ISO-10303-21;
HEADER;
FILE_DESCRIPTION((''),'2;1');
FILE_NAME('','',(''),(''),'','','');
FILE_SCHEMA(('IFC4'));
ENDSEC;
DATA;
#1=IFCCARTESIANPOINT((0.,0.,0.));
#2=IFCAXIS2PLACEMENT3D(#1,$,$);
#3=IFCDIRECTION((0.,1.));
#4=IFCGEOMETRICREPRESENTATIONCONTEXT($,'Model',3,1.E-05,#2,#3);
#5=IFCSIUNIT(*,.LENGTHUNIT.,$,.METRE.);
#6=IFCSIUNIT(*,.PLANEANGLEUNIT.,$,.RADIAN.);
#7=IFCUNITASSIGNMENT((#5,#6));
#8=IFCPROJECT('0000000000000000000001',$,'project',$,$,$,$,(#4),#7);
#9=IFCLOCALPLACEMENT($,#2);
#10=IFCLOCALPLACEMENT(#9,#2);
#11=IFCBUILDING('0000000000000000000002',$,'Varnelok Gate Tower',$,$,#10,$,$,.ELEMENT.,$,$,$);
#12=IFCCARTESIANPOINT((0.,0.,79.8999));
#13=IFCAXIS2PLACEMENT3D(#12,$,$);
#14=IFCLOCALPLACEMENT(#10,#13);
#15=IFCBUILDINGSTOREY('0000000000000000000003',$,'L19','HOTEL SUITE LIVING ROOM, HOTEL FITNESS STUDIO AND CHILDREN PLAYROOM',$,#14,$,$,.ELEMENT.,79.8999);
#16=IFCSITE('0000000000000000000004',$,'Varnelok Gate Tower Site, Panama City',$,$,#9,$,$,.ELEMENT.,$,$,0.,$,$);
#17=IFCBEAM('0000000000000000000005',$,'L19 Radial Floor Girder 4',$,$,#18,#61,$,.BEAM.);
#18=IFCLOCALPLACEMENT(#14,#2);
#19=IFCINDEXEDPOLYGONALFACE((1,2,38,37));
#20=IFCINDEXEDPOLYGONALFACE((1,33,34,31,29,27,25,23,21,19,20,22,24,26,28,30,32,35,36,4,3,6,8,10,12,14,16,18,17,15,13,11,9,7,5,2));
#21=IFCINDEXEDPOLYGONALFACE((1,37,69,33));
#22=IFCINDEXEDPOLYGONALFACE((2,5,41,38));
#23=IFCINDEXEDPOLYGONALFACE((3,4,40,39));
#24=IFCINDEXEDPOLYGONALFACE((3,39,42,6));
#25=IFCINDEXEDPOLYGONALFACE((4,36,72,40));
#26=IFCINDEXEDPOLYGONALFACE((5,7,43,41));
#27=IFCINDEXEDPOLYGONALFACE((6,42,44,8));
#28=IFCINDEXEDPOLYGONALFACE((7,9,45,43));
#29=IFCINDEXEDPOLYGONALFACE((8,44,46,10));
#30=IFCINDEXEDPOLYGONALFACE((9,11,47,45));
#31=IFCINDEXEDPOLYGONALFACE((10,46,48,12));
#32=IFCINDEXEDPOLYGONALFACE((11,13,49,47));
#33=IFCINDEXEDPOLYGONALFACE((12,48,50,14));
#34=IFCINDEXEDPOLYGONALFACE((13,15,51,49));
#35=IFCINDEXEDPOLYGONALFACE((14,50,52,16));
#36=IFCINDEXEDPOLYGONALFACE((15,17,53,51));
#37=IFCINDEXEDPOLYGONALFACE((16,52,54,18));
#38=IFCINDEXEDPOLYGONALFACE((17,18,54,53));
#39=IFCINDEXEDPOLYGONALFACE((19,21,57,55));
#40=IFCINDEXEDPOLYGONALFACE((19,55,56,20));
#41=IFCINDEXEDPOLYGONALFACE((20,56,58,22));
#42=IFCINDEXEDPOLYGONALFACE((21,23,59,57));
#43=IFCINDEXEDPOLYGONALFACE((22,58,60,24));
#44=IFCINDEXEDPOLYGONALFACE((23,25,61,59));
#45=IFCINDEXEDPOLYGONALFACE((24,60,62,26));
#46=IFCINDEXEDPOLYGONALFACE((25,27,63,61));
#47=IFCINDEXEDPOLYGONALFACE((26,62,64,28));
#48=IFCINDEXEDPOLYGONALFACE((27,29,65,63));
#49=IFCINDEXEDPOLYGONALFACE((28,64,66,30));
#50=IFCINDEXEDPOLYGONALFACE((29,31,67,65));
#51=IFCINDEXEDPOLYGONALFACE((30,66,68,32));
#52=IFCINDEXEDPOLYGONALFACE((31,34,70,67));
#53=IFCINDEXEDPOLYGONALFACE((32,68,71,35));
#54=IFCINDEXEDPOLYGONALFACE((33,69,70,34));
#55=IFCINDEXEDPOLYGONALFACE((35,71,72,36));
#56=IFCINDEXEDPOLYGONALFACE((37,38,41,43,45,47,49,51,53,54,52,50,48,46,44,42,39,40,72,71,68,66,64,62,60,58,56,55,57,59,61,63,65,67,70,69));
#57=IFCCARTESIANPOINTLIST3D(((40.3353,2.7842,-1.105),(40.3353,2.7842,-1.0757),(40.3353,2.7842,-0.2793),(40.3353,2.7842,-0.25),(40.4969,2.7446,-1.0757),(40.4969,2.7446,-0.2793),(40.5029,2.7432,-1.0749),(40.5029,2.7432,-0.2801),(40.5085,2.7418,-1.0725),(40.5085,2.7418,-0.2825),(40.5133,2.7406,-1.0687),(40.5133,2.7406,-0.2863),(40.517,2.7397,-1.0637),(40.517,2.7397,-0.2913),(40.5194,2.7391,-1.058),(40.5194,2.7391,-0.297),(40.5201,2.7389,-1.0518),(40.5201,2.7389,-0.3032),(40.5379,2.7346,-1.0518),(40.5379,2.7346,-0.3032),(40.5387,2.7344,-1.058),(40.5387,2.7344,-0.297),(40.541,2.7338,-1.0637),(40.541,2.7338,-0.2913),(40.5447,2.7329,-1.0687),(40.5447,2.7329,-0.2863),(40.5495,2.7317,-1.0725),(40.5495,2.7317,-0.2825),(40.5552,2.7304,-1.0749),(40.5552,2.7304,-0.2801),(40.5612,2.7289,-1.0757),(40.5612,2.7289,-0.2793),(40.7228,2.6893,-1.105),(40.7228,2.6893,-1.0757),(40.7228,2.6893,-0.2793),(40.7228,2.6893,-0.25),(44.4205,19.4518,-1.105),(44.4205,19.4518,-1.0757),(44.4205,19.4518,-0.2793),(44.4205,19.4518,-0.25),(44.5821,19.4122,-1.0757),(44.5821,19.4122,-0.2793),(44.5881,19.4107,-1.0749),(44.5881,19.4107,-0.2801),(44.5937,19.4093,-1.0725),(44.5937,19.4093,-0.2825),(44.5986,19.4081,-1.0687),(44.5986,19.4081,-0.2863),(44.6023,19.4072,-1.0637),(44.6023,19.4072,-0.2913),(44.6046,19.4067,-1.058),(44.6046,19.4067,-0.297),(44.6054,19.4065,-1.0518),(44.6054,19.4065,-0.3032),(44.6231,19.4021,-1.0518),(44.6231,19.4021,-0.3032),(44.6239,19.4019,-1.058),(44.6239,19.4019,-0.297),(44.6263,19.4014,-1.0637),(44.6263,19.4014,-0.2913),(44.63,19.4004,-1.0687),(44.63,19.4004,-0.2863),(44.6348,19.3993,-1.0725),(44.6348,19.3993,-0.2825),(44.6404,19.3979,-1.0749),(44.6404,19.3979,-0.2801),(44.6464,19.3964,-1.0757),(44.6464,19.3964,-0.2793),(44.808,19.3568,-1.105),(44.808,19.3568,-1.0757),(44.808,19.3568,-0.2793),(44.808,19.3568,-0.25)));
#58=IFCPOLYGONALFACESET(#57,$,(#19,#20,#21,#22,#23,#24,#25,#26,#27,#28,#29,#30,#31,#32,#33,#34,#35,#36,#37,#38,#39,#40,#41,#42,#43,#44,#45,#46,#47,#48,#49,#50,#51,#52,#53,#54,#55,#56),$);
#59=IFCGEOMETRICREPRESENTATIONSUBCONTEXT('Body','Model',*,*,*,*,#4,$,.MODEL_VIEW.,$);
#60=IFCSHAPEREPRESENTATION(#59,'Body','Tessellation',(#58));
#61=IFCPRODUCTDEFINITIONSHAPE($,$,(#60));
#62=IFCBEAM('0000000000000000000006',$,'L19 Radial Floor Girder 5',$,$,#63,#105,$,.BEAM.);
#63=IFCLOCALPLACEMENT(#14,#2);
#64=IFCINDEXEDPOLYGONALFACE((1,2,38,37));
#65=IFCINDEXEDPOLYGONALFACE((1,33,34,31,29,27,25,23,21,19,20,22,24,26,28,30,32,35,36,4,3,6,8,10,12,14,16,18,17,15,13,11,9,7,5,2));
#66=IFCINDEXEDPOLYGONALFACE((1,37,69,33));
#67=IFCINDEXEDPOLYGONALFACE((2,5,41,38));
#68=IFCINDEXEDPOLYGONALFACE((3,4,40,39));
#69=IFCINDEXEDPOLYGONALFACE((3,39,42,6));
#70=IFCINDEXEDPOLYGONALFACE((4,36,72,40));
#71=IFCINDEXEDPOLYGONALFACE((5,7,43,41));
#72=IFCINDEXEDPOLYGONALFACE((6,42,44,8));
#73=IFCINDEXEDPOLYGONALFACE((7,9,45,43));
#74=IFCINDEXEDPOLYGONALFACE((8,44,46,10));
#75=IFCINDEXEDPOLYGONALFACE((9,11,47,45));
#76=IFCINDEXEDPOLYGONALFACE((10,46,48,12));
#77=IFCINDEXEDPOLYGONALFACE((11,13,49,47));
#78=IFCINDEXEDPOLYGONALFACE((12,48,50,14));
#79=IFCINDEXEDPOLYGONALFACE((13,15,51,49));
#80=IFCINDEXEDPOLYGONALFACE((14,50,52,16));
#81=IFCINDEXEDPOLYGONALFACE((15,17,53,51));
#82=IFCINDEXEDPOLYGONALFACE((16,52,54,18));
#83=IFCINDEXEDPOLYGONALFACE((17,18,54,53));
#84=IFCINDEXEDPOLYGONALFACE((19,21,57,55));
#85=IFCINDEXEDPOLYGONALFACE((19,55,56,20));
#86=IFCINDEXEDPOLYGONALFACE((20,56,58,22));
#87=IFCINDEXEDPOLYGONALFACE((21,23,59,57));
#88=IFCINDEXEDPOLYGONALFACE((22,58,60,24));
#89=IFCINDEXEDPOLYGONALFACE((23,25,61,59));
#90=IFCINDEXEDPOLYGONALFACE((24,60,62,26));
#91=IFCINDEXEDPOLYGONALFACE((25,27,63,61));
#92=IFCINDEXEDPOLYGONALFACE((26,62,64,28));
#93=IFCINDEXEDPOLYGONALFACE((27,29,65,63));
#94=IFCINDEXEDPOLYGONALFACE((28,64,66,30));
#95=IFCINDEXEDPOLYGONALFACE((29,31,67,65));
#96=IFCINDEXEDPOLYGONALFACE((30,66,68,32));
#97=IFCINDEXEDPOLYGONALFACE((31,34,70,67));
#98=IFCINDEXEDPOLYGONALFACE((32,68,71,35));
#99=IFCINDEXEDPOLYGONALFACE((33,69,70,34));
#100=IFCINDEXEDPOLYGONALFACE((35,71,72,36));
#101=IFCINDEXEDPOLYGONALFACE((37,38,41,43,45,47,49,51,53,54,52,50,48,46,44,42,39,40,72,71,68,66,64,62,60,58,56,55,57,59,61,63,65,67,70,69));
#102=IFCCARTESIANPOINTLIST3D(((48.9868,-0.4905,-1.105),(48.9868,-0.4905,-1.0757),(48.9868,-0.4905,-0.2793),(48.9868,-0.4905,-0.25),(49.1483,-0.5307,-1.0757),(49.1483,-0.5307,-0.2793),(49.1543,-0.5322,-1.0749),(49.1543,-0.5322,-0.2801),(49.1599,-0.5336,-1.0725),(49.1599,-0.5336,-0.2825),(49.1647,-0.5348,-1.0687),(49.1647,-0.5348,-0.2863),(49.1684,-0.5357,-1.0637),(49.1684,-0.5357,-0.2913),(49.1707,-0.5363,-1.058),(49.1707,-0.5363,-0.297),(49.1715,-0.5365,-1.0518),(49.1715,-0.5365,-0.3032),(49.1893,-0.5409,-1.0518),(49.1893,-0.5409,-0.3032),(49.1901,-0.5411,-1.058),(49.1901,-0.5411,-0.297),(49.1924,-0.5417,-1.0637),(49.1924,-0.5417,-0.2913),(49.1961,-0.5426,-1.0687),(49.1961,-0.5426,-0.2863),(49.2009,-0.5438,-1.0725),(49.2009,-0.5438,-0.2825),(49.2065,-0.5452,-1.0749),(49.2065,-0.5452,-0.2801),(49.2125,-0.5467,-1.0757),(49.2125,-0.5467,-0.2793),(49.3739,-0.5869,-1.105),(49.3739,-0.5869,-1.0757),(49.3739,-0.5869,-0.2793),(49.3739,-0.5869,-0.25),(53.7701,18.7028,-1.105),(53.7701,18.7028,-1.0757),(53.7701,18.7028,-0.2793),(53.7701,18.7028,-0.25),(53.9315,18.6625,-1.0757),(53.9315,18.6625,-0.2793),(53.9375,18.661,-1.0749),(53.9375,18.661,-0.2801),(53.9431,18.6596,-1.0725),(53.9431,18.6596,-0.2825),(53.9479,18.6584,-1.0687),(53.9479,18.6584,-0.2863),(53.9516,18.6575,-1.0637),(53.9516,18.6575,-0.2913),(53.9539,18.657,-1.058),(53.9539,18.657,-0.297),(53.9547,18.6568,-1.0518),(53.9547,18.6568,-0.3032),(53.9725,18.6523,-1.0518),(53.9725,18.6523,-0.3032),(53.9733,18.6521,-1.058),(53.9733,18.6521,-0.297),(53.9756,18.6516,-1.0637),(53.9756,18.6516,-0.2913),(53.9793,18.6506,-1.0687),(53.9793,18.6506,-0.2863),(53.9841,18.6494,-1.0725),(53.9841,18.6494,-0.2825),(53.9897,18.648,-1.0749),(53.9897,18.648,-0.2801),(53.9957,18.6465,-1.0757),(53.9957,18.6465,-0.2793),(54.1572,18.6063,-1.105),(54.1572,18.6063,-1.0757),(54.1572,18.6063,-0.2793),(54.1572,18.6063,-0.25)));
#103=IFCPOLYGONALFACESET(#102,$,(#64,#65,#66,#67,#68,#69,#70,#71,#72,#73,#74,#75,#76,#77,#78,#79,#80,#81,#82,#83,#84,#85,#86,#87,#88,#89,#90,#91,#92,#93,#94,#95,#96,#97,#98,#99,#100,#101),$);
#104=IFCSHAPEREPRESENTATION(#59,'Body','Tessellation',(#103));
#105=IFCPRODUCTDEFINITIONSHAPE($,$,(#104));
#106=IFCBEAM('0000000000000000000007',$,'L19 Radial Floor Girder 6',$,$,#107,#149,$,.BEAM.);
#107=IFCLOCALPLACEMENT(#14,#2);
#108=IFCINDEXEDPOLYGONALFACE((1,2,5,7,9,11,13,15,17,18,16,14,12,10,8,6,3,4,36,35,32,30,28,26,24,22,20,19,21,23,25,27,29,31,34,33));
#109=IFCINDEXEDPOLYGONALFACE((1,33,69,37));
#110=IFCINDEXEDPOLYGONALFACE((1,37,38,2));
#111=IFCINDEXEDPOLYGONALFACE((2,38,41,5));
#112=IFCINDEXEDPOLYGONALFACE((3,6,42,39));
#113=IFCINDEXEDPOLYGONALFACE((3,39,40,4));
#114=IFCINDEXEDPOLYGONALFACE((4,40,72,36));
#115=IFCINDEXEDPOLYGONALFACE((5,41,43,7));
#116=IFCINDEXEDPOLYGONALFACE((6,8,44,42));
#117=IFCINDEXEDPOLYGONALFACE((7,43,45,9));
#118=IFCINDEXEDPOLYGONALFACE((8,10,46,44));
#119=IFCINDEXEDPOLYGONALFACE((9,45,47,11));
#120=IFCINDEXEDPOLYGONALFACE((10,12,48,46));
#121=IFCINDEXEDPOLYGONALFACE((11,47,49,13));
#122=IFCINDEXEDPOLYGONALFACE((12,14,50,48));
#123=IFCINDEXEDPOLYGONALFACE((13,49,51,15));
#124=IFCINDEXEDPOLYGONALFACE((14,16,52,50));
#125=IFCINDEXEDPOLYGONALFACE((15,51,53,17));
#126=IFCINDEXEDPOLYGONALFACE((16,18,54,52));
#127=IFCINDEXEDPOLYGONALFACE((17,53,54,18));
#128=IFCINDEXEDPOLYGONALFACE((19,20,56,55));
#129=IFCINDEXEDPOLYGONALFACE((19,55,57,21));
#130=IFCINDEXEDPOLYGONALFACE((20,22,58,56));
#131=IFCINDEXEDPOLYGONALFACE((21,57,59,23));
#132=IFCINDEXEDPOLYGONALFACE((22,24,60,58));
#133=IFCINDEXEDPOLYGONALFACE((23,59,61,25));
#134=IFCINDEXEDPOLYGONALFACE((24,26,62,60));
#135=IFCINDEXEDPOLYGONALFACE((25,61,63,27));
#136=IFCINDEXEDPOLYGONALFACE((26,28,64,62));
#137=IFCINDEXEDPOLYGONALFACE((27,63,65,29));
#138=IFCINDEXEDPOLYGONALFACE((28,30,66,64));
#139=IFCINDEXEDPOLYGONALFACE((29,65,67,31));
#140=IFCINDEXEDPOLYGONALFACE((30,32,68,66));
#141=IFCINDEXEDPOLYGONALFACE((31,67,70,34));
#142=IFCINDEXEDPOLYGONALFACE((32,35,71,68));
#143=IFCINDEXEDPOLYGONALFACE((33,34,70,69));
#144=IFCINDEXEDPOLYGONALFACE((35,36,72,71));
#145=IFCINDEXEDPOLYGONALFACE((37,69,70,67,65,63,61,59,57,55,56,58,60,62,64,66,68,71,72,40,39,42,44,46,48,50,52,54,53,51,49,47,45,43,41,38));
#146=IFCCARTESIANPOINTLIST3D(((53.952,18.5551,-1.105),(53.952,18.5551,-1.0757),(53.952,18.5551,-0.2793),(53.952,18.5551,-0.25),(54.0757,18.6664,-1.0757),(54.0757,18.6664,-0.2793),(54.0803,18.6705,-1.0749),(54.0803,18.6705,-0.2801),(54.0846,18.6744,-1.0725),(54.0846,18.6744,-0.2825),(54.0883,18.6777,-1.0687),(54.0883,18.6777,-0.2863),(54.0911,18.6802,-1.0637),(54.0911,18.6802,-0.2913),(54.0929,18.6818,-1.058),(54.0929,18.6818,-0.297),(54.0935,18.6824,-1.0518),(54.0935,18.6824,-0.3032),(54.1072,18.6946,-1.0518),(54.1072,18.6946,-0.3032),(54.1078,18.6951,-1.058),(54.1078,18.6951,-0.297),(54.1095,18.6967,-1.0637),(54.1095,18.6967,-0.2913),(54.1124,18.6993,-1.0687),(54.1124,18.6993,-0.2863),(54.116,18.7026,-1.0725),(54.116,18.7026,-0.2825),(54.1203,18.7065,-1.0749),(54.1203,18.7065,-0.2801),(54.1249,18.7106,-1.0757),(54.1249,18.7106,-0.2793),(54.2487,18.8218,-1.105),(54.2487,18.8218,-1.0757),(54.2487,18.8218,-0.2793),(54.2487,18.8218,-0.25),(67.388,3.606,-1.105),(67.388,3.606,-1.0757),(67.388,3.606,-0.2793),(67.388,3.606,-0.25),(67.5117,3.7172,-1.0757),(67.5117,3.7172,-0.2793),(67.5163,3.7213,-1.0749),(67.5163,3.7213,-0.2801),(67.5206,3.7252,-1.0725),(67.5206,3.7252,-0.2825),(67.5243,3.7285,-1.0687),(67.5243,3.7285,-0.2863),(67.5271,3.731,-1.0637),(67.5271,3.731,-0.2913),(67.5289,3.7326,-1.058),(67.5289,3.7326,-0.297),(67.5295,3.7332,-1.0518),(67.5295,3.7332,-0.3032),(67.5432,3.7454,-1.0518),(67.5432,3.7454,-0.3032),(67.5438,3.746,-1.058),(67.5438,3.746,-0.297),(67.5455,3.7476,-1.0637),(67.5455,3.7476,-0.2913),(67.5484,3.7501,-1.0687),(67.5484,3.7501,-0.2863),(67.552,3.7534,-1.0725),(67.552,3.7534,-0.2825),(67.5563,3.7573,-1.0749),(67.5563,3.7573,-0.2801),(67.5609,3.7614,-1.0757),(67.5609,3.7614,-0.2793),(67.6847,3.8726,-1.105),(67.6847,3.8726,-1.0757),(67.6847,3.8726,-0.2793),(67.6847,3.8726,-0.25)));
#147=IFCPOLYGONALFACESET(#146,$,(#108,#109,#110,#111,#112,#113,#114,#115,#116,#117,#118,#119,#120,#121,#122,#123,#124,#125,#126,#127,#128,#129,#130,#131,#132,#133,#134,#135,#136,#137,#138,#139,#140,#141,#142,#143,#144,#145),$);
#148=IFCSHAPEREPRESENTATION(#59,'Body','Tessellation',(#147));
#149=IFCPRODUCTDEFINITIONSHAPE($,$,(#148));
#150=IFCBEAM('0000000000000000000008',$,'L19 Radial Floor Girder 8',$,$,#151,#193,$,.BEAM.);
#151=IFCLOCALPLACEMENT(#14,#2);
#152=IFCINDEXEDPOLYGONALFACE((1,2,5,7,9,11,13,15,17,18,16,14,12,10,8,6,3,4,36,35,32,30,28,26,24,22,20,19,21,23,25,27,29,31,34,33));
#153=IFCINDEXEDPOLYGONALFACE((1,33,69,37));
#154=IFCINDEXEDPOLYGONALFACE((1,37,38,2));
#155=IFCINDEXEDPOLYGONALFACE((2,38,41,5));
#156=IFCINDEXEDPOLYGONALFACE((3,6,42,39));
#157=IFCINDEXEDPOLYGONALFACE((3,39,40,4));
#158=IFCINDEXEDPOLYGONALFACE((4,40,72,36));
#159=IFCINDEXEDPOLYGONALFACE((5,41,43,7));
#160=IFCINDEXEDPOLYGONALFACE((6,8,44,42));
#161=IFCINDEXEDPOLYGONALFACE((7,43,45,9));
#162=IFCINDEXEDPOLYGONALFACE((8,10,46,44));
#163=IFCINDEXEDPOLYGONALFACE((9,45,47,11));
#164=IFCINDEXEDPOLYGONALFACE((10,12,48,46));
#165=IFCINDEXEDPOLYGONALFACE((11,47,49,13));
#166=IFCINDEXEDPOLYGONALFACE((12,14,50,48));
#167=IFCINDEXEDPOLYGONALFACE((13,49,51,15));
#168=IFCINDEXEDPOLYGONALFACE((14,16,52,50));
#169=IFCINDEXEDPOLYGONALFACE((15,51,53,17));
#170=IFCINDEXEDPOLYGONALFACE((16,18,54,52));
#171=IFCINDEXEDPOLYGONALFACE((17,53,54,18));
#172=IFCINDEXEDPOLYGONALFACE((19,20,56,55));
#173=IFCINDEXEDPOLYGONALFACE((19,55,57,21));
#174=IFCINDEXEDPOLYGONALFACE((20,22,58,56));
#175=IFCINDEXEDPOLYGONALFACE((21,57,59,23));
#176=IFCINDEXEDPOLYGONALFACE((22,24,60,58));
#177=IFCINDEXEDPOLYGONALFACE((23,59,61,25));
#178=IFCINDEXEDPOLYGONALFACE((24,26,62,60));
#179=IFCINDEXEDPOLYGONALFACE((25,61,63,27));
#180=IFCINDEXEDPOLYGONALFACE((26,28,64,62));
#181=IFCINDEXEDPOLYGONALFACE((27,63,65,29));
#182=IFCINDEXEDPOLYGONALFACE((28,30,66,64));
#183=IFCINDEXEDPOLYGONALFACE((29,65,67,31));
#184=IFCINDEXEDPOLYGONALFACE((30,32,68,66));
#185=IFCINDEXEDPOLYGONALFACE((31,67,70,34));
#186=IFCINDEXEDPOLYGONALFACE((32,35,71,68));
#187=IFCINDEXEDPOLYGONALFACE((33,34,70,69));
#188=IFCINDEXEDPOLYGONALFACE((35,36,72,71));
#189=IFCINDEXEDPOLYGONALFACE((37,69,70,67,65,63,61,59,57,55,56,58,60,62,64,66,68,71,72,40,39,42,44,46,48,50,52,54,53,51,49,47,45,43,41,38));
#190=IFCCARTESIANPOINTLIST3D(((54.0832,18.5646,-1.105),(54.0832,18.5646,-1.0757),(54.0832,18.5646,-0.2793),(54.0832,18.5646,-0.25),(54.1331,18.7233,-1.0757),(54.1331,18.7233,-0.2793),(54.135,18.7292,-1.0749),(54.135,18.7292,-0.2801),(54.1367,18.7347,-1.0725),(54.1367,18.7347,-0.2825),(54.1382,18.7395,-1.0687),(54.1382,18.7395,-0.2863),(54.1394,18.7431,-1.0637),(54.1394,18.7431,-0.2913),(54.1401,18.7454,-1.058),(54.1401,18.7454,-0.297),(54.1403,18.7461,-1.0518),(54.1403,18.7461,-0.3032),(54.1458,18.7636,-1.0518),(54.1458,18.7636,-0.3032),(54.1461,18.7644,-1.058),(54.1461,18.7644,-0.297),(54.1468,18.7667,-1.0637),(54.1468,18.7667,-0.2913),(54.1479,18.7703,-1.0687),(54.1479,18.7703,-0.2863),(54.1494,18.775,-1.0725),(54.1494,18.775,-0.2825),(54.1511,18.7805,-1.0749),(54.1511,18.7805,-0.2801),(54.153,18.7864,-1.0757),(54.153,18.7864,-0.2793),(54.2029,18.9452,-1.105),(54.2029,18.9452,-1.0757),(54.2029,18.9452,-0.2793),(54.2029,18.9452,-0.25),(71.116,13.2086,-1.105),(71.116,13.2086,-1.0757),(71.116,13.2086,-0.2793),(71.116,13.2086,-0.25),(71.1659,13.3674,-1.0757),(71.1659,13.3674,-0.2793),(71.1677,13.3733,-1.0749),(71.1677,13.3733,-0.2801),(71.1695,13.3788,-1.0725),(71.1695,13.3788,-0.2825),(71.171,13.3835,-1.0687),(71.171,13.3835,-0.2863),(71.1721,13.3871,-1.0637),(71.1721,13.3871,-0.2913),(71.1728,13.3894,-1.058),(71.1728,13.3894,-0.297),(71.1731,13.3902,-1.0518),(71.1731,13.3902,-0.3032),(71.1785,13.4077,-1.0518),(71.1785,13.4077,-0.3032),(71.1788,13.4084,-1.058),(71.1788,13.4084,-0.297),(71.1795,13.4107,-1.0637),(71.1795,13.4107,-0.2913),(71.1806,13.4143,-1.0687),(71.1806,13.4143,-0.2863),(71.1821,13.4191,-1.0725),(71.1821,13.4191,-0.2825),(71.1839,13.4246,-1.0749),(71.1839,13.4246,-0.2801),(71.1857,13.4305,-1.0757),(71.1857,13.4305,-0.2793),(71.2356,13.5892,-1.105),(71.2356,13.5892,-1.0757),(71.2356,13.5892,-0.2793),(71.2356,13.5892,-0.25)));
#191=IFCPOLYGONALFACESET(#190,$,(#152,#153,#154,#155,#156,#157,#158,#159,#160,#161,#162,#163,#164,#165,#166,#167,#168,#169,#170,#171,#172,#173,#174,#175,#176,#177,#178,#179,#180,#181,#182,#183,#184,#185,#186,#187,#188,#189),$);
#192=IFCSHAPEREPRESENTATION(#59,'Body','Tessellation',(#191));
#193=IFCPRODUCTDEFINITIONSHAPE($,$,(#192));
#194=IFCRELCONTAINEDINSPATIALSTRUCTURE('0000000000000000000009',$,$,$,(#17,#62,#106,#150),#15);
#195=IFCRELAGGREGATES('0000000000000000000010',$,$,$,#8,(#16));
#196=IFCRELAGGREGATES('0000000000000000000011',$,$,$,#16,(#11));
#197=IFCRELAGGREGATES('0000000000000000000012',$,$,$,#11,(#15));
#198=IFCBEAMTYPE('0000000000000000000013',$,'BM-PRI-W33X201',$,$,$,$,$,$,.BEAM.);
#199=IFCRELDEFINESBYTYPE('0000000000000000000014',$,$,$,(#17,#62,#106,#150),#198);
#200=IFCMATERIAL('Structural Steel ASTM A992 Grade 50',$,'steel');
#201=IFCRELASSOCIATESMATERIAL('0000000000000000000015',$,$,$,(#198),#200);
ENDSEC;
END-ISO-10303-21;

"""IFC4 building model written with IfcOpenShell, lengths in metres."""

from ifc_helpers import new_model, si_unit, direction, frame, origin, origin_2d, place, context, subcontext, project, spatial, i_section, extrude, material, material_profile, profile_set, type_object, element, save


model = new_model("IFC4")

# Units and contexts
model_context = context("Model", 3, precision=1e-05, world=origin(), true_north=direction((0.0, 1.0)))
body_context = subcontext(model_context, "Body", "Model", "MODEL_VIEW")
ifc_project = project(units=[si_unit("LENGTHUNIT", "METRE"), si_unit("PLANEANGLEUNIT", "RADIAN")], contexts=[model_context])

# Site, building, storey
site_placement = place(None, origin())
site = spatial("IfcSite", under=ifc_project, at=site_placement, Name="Varnelok Gate Tower Site, Panama City", CompositionType="ELEMENT", RefElevation=0.0)
building_placement = place(site_placement, origin())
building = spatial("IfcBuilding", under=site, at=building_placement, Name="Varnelok Gate Tower", CompositionType="ELEMENT")
storey_placement = place(building_placement, frame((0.0, 0.0, 79.8999)))
storey = spatial("IfcBuildingStorey", under=building, at=storey_placement, Name="L19", Description="HOTEL SUITE LIVING ROOM, HOTEL FITNESS STUDIO AND CHILDREN PLAYROOM", CompositionType="ELEMENT", Elevation=79.8999)

# Shared definitions
ifc_material_1 = material(Name="Structural Steel ASTM A992 Grade 50", Category="steel")

# Beams
ifc_material_profile_1 = material_profile(ifc_material_1, i_section(OverallWidth=0.3989, OverallDepth=0.855, WebThickness=0.0183, FlangeThickness=0.0293, FilletRadius=0.0239, at=origin_2d()), Name="W33X201")
ifc_profile_set_1 = profile_set([ifc_material_profile_1], Name="Structural Steel ASTM A992 Grade 50")
beam_type_1 = type_object("IfcBeamType", Name="BM-PRI-W33X201", PredefinedType="BEAM", material=ifc_profile_set_1)
beam_1_placement = place(storey_placement, frame((44.6143, 19.4043, -0.6775), z_axis=(-0.238054, -0.971252, 0.0), x_axis=(0.971252, -0.238054, 0.0)))
element("IfcBeam", 1, at=beam_1_placement, inside=storey, type_object=beam_type_1, Name="L19 Radial Floor Girder 4", PredefinedType="BEAM", context=body_context, shape_type="SweptSolid", body=[
    extrude(i_section(OverallWidth=0.3989, OverallDepth=0.855, WebThickness=0.0183, FlangeThickness=0.0293, FilletRadius=0.0239, at=origin_2d()), origin(), (0.0, 0.0, 1.0), 17.1609),
])
beam_2_placement = place(storey_placement, frame((53.9636, 18.6545, -0.6775), z_axis=(-0.241818, -0.970322, 0.0), x_axis=(0.970322, -0.241818, 0.0)))
element("IfcBeam", 2, at=beam_2_placement, inside=storey, type_object=beam_type_1, Name="L19 Radial Floor Girder 5", PredefinedType="BEAM", context=body_context, shape_type="SweptSolid", body=[
    extrude(i_section(OverallWidth=0.3989, OverallDepth=0.855, WebThickness=0.0183, FlangeThickness=0.0293, FilletRadius=0.0239, at=origin_2d()), origin(), (0.0, 0.0, 1.0), 19.7803),
])
beam_3_placement = place(storey_placement, frame((54.1003, 18.6885, -0.6775), z_axis=(0.668463, -0.743746, 0.0), x_axis=(0.743746, 0.668463, 0.0)))
element("IfcBeam", 3, at=beam_3_placement, inside=storey, type_object=beam_type_1, Name="L19 Radial Floor Girder 6", PredefinedType="BEAM", context=body_context, shape_type="SweptSolid", body=[
    extrude(i_section(OverallWidth=0.3989, OverallDepth=0.855, WebThickness=0.0183, FlangeThickness=0.0293, FilletRadius=0.0239, at=origin_2d()), origin(), (0.0, 0.0, 1.0), 20.0999),
])
beam_4_placement = place(storey_placement, frame((54.1431, 18.7549, -0.6775), z_axis=(0.953949, -0.29997, 0.0), x_axis=(0.29997, 0.953949, 0.0)))
element("IfcBeam", 4, at=beam_4_placement, inside=storey, type_object=beam_type_1, Name="L19 Radial Floor Girder 8", PredefinedType="BEAM", context=body_context, shape_type="SweptSolid", body=[
    extrude(i_section(OverallWidth=0.3989, OverallDepth=0.855, WebThickness=0.0183, FlangeThickness=0.0293, FilletRadius=0.0239, at=origin_2d()), origin(), (0.0, 0.0, 1.0), 17.855),
])

save(model, "model.ifc")
